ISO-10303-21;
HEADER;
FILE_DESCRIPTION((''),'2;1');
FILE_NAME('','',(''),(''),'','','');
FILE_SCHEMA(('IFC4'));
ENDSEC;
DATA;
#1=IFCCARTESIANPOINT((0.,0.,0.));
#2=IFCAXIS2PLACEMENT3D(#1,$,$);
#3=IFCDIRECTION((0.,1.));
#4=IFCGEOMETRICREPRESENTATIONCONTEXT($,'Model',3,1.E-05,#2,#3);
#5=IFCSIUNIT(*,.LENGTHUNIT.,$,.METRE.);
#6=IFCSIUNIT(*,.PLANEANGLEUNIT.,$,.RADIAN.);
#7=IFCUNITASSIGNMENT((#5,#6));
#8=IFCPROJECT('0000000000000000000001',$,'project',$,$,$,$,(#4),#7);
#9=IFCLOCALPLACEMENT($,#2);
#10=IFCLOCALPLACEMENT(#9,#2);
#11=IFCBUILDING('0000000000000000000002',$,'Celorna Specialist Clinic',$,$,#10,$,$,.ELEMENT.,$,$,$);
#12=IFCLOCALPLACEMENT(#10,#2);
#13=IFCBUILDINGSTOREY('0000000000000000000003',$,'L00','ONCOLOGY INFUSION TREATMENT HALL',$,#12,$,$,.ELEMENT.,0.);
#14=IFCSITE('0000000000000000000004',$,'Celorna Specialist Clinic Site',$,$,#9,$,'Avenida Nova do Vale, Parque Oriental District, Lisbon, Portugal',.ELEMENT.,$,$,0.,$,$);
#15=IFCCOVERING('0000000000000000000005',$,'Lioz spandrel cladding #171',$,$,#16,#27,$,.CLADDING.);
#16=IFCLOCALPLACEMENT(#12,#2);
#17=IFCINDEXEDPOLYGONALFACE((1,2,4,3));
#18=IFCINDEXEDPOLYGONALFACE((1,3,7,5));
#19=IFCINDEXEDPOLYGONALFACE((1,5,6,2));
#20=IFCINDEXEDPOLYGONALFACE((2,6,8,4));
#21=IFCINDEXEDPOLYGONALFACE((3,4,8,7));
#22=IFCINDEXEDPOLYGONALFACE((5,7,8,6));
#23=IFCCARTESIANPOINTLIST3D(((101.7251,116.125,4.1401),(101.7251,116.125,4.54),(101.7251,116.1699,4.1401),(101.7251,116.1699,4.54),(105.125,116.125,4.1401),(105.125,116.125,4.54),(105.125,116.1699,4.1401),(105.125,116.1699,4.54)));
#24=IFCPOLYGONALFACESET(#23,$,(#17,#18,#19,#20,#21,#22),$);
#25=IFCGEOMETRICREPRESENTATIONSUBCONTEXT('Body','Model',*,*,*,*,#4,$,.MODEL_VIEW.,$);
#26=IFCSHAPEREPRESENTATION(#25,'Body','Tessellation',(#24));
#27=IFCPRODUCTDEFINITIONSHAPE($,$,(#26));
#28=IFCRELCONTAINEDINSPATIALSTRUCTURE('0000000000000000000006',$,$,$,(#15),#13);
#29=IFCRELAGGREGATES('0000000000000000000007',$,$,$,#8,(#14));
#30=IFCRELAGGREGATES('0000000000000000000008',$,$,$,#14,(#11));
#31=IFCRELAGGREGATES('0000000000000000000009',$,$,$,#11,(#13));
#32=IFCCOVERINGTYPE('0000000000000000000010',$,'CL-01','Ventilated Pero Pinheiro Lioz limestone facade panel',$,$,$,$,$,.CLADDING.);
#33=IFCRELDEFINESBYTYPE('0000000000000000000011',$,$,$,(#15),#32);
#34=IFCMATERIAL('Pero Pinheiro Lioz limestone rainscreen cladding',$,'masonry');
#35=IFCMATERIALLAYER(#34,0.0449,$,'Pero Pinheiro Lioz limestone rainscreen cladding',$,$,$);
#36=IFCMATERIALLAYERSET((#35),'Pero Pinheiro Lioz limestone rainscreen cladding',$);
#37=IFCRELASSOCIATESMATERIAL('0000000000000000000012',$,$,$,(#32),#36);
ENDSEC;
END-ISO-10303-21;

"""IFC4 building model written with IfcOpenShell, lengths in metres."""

from ifc_helpers import new_model, si_unit, direction, frame, origin, origin_2d, place, context, subcontext, project, spatial, rectangle, extrude, material, layer, layer_set, type_object, element, save


model = new_model("IFC4")

# Units and contexts
model_context = context("Model", 3, precision=1e-05, world=origin(), true_north=direction((0.0, 1.0)))
body_context = subcontext(model_context, "Body", "Model", "MODEL_VIEW")
ifc_project = project(units=[si_unit("LENGTHUNIT", "METRE"), si_unit("PLANEANGLEUNIT", "RADIAN")], contexts=[model_context])

# Site, building, storey
site_placement = place(None, origin())
site = spatial("IfcSite", under=ifc_project, at=site_placement, Name="Celorna Specialist Clinic Site", LongName="Avenida Nova do Vale, Parque Oriental District, Lisbon, Portugal", CompositionType="ELEMENT", RefElevation=0.0)
building_placement = place(site_placement, origin())
building = spatial("IfcBuilding", under=site, at=building_placement, Name="Celorna Specialist Clinic", CompositionType="ELEMENT")
storey_placement = place(building_placement, origin())
storey = spatial("IfcBuildingStorey", under=building, at=storey_placement, Name="L00", Description="ONCOLOGY INFUSION TREATMENT HALL", CompositionType="ELEMENT", Elevation=0.0)

# Covering
ifc_material_1 = material(Name="Pero Pinheiro Lioz limestone rainscreen cladding", Category="masonry")
ifc_layer_1 = layer(ifc_material_1, 0.0449, Name="Pero Pinheiro Lioz limestone rainscreen cladding")
ifc_layer_set_1 = layer_set([ifc_layer_1], Name="Pero Pinheiro Lioz limestone rainscreen cladding")
covering_type = type_object("IfcCoveringType", Name="CL-01", Description="Ventilated Pero Pinheiro Lioz limestone facade panel", PredefinedType="CLADDING", material=ifc_layer_set_1)
for number, where, z_axis, x_axis, name in (
    (1, (103.425, 116.1475, 4.1401), (0.0, 0.0, 1.0), (1.0, 0.0, 0.0), "Lioz spandrel cladding #171"),
):
    element("IfcCovering", number, at=place(storey_placement, frame(where, z_axis=z_axis, x_axis=x_axis)), inside=storey, type_object=covering_type, Name=name, PredefinedType="CLADDING", context=body_context, shape_type="SweptSolid", body=[
        extrude(rectangle(XDim=3.3999, YDim=0.0449, at=origin_2d()), origin(), (0.0, 0.0, 1.0), 0.3999),
    ])

save(model, "model.ifc")
